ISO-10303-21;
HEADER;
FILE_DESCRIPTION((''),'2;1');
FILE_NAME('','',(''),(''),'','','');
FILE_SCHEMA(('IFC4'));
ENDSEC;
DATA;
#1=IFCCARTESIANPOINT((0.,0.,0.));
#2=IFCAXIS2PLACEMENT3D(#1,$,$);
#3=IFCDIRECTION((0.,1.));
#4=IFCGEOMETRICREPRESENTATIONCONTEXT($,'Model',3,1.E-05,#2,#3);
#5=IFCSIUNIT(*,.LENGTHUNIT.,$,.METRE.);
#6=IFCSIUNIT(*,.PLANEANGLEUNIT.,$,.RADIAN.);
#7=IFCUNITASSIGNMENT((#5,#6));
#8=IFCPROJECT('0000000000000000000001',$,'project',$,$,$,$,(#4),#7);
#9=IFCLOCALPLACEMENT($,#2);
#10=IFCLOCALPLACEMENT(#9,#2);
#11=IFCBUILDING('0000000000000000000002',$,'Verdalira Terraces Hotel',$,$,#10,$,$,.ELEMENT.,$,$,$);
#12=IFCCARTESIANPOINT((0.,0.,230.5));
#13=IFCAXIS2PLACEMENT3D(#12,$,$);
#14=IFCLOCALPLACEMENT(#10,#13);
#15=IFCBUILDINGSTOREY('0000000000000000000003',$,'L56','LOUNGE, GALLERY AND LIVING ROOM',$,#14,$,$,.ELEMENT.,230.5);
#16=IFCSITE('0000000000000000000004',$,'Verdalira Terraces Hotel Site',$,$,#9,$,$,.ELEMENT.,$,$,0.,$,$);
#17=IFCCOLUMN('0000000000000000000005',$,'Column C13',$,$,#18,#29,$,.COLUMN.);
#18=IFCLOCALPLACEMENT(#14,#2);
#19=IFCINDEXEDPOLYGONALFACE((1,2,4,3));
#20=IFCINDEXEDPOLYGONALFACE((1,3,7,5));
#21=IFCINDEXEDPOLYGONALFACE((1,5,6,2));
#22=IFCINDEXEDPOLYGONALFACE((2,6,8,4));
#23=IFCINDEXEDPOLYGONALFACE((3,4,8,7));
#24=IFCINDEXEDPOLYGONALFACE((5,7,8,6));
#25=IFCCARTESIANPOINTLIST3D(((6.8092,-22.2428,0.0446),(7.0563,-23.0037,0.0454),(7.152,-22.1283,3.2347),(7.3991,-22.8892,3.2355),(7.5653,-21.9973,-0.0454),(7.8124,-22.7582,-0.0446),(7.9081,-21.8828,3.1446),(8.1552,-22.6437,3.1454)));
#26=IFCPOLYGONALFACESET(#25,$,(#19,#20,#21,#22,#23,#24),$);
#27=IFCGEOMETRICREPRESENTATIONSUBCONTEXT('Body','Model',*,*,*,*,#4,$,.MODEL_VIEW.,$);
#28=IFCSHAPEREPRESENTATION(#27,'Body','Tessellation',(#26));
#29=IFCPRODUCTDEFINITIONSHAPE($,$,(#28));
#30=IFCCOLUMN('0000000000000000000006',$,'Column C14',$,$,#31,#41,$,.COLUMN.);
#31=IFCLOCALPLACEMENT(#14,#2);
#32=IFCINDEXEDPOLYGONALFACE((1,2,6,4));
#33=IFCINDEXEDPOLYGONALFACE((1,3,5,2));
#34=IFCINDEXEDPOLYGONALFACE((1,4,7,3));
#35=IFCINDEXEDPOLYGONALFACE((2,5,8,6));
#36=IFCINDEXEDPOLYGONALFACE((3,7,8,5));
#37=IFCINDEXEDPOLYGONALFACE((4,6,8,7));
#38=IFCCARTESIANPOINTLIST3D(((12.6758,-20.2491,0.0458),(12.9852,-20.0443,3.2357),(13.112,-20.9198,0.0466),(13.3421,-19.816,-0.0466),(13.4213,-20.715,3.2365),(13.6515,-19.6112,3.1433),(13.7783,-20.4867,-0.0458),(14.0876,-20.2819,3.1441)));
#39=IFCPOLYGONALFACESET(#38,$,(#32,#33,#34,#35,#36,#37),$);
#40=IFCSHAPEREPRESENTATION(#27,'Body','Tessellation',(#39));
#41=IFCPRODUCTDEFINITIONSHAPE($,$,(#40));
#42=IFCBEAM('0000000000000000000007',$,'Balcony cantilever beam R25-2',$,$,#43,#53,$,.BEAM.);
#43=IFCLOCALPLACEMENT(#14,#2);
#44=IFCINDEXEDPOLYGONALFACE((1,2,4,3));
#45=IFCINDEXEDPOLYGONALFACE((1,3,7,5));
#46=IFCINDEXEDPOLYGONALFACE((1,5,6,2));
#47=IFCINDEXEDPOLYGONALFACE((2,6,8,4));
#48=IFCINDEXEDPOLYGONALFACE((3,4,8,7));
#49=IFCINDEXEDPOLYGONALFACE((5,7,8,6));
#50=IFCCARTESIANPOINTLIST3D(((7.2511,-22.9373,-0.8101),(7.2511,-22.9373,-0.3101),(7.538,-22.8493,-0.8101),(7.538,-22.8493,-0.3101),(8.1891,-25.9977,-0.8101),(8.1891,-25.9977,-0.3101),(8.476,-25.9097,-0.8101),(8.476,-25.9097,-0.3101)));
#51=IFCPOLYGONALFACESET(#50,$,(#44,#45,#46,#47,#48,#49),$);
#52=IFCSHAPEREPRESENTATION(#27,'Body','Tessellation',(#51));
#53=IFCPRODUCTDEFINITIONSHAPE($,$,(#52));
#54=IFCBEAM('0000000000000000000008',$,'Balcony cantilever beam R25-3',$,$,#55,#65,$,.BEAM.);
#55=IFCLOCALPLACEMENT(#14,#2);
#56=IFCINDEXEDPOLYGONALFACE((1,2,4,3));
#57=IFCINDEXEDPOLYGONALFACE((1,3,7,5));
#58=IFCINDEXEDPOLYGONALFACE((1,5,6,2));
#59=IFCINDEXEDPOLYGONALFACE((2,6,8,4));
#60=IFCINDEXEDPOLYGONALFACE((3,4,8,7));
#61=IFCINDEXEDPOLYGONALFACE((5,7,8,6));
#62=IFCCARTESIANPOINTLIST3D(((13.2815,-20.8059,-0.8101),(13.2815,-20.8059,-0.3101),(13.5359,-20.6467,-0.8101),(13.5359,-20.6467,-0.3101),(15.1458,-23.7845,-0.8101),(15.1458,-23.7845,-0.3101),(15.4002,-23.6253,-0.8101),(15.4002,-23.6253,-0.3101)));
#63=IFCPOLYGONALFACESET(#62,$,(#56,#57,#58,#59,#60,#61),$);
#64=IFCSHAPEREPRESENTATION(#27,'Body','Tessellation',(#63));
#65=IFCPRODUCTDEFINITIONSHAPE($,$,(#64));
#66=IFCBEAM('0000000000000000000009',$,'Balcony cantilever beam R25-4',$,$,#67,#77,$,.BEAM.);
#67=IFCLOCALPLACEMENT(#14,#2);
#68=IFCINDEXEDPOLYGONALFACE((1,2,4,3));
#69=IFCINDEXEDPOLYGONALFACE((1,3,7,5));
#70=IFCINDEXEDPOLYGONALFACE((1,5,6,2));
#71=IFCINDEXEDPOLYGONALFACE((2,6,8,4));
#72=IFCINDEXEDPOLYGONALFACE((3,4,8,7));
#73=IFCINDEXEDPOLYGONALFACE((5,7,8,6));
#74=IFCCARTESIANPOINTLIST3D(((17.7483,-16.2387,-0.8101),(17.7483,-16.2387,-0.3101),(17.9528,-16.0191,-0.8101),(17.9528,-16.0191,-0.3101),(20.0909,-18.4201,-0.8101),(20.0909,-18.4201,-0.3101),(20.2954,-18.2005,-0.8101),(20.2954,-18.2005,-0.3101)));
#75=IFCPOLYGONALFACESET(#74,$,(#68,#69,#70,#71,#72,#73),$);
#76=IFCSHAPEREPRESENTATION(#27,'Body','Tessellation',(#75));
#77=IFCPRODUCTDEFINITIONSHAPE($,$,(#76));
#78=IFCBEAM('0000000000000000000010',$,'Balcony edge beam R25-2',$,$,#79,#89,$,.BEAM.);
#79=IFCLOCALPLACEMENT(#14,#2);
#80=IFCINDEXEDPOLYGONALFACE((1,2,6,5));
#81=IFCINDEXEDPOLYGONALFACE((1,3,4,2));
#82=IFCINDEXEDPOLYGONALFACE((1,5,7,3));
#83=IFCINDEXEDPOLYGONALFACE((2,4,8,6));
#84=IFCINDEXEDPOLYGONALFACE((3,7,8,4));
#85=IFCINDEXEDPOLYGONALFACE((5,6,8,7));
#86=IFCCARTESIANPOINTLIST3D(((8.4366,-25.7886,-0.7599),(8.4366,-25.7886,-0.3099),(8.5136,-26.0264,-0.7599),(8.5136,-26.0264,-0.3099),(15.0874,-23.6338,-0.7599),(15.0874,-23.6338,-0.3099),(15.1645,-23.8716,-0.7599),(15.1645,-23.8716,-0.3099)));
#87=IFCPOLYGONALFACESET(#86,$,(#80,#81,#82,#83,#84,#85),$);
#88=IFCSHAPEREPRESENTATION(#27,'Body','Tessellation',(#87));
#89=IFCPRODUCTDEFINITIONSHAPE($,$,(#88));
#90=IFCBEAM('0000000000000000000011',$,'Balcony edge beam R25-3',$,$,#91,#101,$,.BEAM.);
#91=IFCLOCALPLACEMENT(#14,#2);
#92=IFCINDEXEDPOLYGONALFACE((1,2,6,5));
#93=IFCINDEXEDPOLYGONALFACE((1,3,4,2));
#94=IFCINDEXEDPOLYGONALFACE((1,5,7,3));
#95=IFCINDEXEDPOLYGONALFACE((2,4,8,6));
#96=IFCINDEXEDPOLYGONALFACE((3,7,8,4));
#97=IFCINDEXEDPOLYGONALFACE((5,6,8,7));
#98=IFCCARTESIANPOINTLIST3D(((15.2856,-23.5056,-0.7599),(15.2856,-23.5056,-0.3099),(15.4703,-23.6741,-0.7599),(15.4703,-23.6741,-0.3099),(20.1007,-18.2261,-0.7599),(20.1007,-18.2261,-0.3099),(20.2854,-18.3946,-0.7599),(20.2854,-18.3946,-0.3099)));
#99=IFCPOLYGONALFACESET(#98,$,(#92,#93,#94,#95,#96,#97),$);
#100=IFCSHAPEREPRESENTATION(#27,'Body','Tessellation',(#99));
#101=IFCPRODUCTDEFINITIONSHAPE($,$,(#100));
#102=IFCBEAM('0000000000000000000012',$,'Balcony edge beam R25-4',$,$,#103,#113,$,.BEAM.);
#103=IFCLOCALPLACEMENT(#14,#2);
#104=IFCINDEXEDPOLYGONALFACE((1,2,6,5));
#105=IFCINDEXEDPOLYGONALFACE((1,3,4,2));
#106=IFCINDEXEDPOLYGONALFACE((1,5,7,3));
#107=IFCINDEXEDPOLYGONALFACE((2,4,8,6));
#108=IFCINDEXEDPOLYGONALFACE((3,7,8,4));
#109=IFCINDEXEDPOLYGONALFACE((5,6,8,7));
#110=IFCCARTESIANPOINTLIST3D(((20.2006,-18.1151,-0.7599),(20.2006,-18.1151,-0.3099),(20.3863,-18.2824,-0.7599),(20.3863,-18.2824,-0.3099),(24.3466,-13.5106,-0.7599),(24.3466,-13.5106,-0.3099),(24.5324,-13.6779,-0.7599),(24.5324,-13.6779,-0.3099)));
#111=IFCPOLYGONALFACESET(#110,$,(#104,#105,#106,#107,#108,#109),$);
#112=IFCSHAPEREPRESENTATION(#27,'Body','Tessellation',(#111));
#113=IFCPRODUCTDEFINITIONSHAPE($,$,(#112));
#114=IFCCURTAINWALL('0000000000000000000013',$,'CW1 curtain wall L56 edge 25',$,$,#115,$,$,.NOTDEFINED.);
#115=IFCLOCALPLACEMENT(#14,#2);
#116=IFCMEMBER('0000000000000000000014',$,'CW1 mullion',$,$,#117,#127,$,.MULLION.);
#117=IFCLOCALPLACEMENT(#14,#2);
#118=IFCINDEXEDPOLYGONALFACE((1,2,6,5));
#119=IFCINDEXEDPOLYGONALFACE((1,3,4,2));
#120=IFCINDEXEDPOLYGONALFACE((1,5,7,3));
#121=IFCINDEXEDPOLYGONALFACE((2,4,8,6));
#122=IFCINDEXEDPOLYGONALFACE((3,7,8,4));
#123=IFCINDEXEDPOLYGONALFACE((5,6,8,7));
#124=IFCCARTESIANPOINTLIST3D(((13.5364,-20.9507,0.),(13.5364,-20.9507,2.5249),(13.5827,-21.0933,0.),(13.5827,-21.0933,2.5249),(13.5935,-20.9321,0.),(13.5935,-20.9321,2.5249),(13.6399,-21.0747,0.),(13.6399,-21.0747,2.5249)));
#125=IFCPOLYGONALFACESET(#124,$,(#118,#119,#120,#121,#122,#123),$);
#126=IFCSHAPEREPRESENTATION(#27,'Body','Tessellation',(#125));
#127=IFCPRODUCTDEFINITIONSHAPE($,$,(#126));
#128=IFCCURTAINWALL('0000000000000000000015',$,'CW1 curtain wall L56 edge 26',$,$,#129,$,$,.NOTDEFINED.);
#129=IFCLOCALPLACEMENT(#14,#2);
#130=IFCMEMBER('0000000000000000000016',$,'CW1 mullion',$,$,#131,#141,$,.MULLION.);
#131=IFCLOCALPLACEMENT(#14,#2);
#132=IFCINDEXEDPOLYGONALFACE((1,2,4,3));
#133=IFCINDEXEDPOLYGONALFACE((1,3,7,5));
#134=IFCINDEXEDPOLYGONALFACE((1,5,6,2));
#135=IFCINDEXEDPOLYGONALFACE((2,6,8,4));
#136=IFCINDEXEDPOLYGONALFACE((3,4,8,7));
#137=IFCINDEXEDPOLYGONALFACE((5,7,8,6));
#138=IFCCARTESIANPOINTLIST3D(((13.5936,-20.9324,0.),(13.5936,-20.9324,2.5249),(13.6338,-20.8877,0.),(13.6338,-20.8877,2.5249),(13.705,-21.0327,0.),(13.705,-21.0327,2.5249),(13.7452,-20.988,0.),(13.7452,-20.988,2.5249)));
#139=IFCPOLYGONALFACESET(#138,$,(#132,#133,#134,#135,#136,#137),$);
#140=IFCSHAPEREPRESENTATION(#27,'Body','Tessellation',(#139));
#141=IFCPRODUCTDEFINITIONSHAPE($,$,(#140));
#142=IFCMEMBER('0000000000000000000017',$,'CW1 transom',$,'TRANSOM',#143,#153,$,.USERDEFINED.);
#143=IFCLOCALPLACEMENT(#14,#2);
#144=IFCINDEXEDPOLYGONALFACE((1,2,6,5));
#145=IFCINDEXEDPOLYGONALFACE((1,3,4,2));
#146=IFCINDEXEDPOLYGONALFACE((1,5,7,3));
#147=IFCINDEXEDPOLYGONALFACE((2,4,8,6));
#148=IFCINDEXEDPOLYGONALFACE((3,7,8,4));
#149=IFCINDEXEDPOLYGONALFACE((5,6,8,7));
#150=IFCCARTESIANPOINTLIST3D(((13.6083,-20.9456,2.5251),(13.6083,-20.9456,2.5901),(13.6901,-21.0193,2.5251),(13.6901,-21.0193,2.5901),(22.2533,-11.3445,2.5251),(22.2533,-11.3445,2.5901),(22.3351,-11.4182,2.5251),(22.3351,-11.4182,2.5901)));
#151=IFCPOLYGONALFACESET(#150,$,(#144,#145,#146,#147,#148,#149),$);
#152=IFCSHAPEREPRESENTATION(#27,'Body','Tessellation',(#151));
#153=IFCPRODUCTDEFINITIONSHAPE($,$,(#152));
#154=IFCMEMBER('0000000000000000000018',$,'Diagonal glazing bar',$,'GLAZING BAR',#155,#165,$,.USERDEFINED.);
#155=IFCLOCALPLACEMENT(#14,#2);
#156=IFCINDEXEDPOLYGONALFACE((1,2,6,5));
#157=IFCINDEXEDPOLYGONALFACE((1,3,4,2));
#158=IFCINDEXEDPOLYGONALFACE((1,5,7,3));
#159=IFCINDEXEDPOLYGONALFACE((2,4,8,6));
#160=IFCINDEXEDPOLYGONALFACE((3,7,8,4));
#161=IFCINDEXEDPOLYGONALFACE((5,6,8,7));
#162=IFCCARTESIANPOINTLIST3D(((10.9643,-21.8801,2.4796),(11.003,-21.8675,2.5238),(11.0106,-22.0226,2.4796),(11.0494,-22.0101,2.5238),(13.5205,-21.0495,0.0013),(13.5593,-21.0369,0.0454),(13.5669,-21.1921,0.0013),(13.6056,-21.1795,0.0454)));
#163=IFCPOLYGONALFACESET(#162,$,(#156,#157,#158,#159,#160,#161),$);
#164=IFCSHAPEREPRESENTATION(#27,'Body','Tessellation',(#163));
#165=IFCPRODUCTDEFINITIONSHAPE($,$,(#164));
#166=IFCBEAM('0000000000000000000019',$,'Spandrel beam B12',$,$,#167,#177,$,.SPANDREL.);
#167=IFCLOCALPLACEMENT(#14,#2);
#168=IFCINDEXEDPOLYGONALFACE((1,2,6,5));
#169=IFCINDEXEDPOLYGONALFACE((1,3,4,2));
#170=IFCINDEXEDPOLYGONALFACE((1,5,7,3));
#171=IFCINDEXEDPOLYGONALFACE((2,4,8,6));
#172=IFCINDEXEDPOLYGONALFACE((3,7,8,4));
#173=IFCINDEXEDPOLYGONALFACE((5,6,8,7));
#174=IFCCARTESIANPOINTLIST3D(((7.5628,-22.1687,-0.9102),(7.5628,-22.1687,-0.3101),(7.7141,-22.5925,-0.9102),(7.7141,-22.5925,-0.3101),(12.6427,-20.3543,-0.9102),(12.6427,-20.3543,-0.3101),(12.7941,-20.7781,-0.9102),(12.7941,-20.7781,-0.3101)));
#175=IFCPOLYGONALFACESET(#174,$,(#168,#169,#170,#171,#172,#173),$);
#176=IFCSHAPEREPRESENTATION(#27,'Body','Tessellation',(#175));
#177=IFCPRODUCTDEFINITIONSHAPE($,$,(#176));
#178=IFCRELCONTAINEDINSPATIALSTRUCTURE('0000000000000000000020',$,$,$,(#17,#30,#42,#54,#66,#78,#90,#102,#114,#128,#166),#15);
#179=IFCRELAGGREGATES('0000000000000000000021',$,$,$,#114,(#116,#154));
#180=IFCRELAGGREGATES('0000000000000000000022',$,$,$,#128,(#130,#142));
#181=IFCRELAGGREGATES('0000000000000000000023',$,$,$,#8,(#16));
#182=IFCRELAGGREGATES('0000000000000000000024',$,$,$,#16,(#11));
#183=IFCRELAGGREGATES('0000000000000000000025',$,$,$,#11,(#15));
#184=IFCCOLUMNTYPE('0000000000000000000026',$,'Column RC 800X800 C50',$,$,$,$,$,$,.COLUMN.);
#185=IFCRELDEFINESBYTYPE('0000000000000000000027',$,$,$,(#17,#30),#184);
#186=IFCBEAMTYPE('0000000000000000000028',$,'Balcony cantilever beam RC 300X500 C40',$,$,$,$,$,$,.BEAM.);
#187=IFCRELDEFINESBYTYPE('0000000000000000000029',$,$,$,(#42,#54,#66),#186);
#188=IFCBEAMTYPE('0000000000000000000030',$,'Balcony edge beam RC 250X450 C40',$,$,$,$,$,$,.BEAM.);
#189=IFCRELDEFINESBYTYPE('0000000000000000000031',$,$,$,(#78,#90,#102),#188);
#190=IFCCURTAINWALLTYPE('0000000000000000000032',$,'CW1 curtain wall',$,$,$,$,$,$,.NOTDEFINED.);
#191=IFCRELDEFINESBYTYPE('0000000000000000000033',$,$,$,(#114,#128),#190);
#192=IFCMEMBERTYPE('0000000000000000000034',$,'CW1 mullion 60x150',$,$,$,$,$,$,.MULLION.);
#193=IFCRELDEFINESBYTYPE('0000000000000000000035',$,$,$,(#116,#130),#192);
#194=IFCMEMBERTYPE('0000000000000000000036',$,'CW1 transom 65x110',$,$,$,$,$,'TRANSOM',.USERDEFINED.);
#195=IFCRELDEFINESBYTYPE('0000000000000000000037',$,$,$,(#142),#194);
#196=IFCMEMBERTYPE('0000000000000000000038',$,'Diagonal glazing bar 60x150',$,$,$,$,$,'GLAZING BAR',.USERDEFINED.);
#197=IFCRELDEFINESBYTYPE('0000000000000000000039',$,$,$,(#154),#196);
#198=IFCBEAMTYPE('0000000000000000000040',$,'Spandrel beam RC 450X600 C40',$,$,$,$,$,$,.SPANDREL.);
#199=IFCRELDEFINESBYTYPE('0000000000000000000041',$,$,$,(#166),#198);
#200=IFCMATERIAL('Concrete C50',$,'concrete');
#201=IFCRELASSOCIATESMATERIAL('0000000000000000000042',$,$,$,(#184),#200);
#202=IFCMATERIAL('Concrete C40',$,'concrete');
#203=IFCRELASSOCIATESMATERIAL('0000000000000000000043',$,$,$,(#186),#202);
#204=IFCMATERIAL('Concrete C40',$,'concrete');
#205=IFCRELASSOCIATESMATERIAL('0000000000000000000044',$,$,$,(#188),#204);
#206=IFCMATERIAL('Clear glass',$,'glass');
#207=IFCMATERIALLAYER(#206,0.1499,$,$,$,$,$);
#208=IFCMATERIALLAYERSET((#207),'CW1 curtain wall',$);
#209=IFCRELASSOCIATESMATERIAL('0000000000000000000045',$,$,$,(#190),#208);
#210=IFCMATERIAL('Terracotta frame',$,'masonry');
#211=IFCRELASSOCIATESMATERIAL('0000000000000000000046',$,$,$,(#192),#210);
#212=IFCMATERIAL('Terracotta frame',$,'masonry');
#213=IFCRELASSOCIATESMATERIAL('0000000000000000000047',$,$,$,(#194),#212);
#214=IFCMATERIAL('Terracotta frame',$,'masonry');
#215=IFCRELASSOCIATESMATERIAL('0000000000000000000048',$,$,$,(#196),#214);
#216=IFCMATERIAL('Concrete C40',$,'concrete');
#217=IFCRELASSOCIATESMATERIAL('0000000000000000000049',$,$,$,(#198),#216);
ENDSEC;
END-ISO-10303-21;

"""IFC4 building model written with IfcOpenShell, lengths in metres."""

from ifc_helpers import new_model, si_unit, direction, frame, origin, origin_2d, place, context, subcontext, project, spatial, rectangle, extrude, material, layer, layer_set, material_profile, profile_set, type_object, element, aggregate, save


model = new_model("IFC4")

# Units and contexts
model_context = context("Model", 3, precision=1e-05, world=origin(), true_north=direction((0.0, 1.0)))
body_context = subcontext(model_context, "Body", "Model", "MODEL_VIEW")
ifc_project = project(units=[si_unit("LENGTHUNIT", "METRE"), si_unit("PLANEANGLEUNIT", "RADIAN")], contexts=[model_context])

# Site, building, storey
site_placement = place(None, origin())
site = spatial("IfcSite", under=ifc_project, at=site_placement, Name="Verdalira Terraces Hotel Site", CompositionType="ELEMENT", RefElevation=0.0)
building_placement = place(site_placement, origin())
building = spatial("IfcBuilding", under=site, at=building_placement, Name="Verdalira Terraces Hotel", CompositionType="ELEMENT")
storey_placement = place(building_placement, frame((0.0, 0.0, 230.5)))
storey = spatial("IfcBuildingStorey", under=building, at=storey_placement, Name="L56", Description="LOUNGE, GALLERY AND LIVING ROOM", CompositionType="ELEMENT", Elevation=230.5)

# Columns
ifc_material_1 = material(Name="Concrete C50", Category="concrete")
ifc_material_profile_1 = material_profile(ifc_material_1, rectangle(XDim=0.8, YDim=0.8, at=origin_2d()), Name="RC 800X800")
ifc_profile_set_1 = profile_set([ifc_material_profile_1], Name="Concrete C50")
column_type = type_object("IfcColumnType", Name="Column RC 800X800 C50", PredefinedType="COLUMN", material=ifc_profile_set_1)
column_1_placement = place(storey_placement, frame((7.3108, -22.5005, 0.0), z_axis=(0.106771, 0.035667, 0.993644), x_axis=(0.94509, 0.306813, -0.112567)))
element("IfcColumn", 1, at=column_1_placement, inside=storey, type_object=column_type, Name="Column C13", PredefinedType="COLUMN", context=body_context, shape_type="SweptSolid", body=[
    extrude(rectangle(XDim=0.8, YDim=0.8, at=origin_2d()), origin(), (0.0, 0.0, 1.0), 3.2104),
])
column_2_placement = place(storey_placement, frame((13.2271, -20.3679, 0.0), z_axis=(0.09632, 0.063783, 0.993305), x_axis=(-0.832812, -0.541368, 0.11552)))
element("IfcColumn", 2, at=column_2_placement, inside=storey, type_object=column_type, Name="Column C14", PredefinedType="COLUMN", context=body_context, shape_type="SweptSolid", body=[
    extrude(rectangle(XDim=0.8, YDim=0.8, at=origin_2d()), origin(), (0.0, 0.0, 1.0), 3.2114),
])

# Beams
ifc_material_2 = material(Name="Concrete C40", Category="concrete")
ifc_material_profile_2 = material_profile(ifc_material_2, rectangle(XDim=0.3, YDim=0.5, at=origin_2d()), Name="RC 300X500")
ifc_profile_set_2 = profile_set([ifc_material_profile_2], Name="Concrete C40")
beam_type_1 = type_object("IfcBeamType", Name="Balcony cantilever beam RC 300X500 C40", PredefinedType="BEAM", material=ifc_profile_set_2)
beam_1_placement = place(storey_placement, frame((7.3945, -22.8933, -0.5601), z_axis=(0.293046, -0.956098, 0.0), x_axis=(0.956098, 0.293046, 0.0)))
element("IfcBeam", 3, at=beam_1_placement, inside=storey, type_object=beam_type_1, Name="Balcony cantilever beam R25-2", PredefinedType="BEAM", context=body_context, shape_type="SweptSolid", body=[
    extrude(rectangle(XDim=0.3, YDim=0.5, at=origin_2d()), origin(), (0.0, 0.0, 1.0), 3.2009),
])
beam_2_placement = place(storey_placement, frame((13.4087, -20.7263, -0.5601), z_axis=(0.530548, -0.847655, 0.0), x_axis=(0.847655, 0.530548, 0.0)))
element("IfcBeam", 4, at=beam_2_placement, inside=storey, type_object=beam_type_1, Name="Balcony cantilever beam R25-3", PredefinedType="BEAM", context=body_context, shape_type="SweptSolid", body=[
    extrude(rectangle(XDim=0.3, YDim=0.5, at=origin_2d()), origin(), (0.0, 0.0, 1.0), 3.5139),
])
beam_3_placement = place(storey_placement, frame((17.8506, -16.1289, -0.5601), z_axis=(0.731828, -0.681489, 0.0), x_axis=(0.681489, 0.731828, 0.0)))
element("IfcBeam", 5, at=beam_3_placement, inside=storey, type_object=beam_type_1, Name="Balcony cantilever beam R25-4", PredefinedType="BEAM", context=body_context, shape_type="SweptSolid", body=[
    extrude(rectangle(XDim=0.3, YDim=0.5, at=origin_2d()), origin(), (0.0, 0.0, 1.0), 3.2009),
])
ifc_material_3 = material(Name="Concrete C40", Category="concrete")
ifc_material_profile_3 = material_profile(ifc_material_3, rectangle(XDim=0.25, YDim=0.45, at=origin_2d()), Name="RC 250X450")
ifc_profile_set_3 = profile_set([ifc_material_profile_3], Name="Concrete C40")
beam_type_2 = type_object("IfcBeamType", Name="Balcony edge beam RC 250X450 C40", PredefinedType="BEAM", material=ifc_profile_set_3)
beam_4_placement = place(storey_placement, frame((8.4751, -25.9075, -0.5349), z_axis=(0.951317, 0.308213, 0.0), x_axis=(-0.308213, 0.951317, 0.0)))
element("IfcBeam", 6, at=beam_4_placement, inside=storey, type_object=beam_type_2, Name="Balcony edge beam R25-2", PredefinedType="BEAM", context=body_context, shape_type="SweptSolid", body=[
    extrude(rectangle(XDim=0.25, YDim=0.45, at=origin_2d()), origin(), (0.0, 0.0, 1.0), 6.9912),
])
beam_5_placement = place(storey_placement, frame((15.3779, -23.5898, -0.5349), z_axis=(0.673867, 0.738852, 0.0), x_axis=(-0.738852, 0.673867, 0.0)))
element("IfcBeam", 7, at=beam_5_placement, inside=storey, type_object=beam_type_2, Name="Balcony edge beam R25-3", PredefinedType="BEAM", context=body_context, shape_type="SweptSolid", body=[
    extrude(rectangle(XDim=0.25, YDim=0.45, at=origin_2d()), origin(), (0.0, 0.0, 1.0), 7.1455),
])
beam_6_placement = place(storey_placement, frame((20.2935, -18.1987, -0.5349), z_axis=(0.669139, 0.743137, 0.0), x_axis=(-0.743137, 0.669139, 0.0)))
element("IfcBeam", 8, at=beam_6_placement, inside=storey, type_object=beam_type_2, Name="Balcony edge beam R25-4", PredefinedType="BEAM", context=body_context, shape_type="SweptSolid", body=[
    extrude(rectangle(XDim=0.25, YDim=0.45, at=origin_2d()), origin(), (0.0, 0.0, 1.0), 6.196),
])

# Curtain wall, member
ifc_material_4 = material(Name="Clear glass", Category="glass")
ifc_layer_1 = layer(ifc_material_4, 0.1499)
ifc_layer_set_1 = layer_set([ifc_layer_1], Name="CW1 curtain wall")
curtain_wall_type = type_object("IfcCurtainWallType", Name="CW1 curtain wall", PredefinedType="NOTDEFINED", material=ifc_layer_set_1)
curtain_wall_1_placement = place(storey_placement, origin())
curtain_wall_1 = element("IfcCurtainWall", 9, at=curtain_wall_1_placement, inside=storey, type_object=curtain_wall_type, Name="CW1 curtain wall L56 edge 25", PredefinedType="NOTDEFINED")
ifc_material_5 = material(Name="Terracotta frame", Category="masonry")
ifc_material_profile_4 = material_profile(ifc_material_5, rectangle(XDim=0.0601, YDim=0.1499, at=origin_2d()), Name="MU 60x150")
ifc_profile_set_4 = profile_set([ifc_material_profile_4], Name="Terracotta frame")
member_type_1 = type_object("IfcMemberType", Name="CW1 mullion 60x150", PredefinedType="MULLION", material=ifc_profile_set_4)
member_1_placement = place(storey_placement, frame((13.5881, -21.0127, 0.0), z_axis=(0.0, 0.0, 1.0), x_axis=(0.951057, 0.309017, 0.0)))
member_1 = element("IfcMember", 10, at=member_1_placement, type_object=member_type_1, Name="CW1 mullion", PredefinedType="MULLION", context=body_context, shape_type="SweptSolid", body=[
    extrude(rectangle(XDim=0.0601, YDim=0.1499, at=origin_2d()), origin(), (0.0, 0.0, 1.0), 2.5249),
])

# Curtain wall, members
curtain_wall_2_placement = place(storey_placement, origin())
curtain_wall_2 = element("IfcCurtainWall", 11, at=curtain_wall_2_placement, inside=storey, type_object=curtain_wall_type, Name="CW1 curtain wall L56 edge 26", PredefinedType="NOTDEFINED")
member_2_placement = place(storey_placement, frame((13.6694, -20.9602, 0.0), z_axis=(0.0, 0.0, 1.0), x_axis=(0.669131, 0.743145, 0.0)))
member_2 = element("IfcMember", 12, at=member_2_placement, type_object=member_type_1, Name="CW1 mullion", PredefinedType="MULLION", context=body_context, shape_type="SweptSolid", body=[
    extrude(rectangle(XDim=0.0601, YDim=0.1499, at=origin_2d()), origin(), (0.0, 0.0, 1.0), 2.5249),
])
ifc_material_6 = material(Name="Terracotta frame", Category="masonry")
ifc_material_profile_5 = material_profile(ifc_material_6, rectangle(XDim=0.1101, YDim=0.0649, at=origin_2d()), Name="TR 65x110")
ifc_profile_set_5 = profile_set([ifc_material_profile_5], Name="Terracotta frame")
member_type_2 = type_object("IfcMemberType", Name="CW1 transom 65x110", ElementType="TRANSOM", PredefinedType="USERDEFINED", material=ifc_profile_set_5)
member_3_placement = place(storey_placement, frame((13.6492, -20.9824, 2.5576), z_axis=(0.669138, 0.743138, 0.0), x_axis=(-0.743138, 0.669138, 0.0)))
member_3 = element("IfcMember", 13, at=member_3_placement, type_object=member_type_2, Name="CW1 transom", ObjectType="TRANSOM", PredefinedType="USERDEFINED", context=body_context, shape_type="SweptSolid", body=[
    extrude(rectangle(XDim=0.1101, YDim=0.0649, at=origin_2d()), origin(), (0.0, 0.0, 1.0), 12.9197),
])

# Member
ifc_material_7 = material(Name="Terracotta frame", Category="masonry")
ifc_material_profile_6 = material_profile(ifc_material_7, rectangle(XDim=0.1499, YDim=0.0601, at=origin_2d()), Name="GB 60x150")
ifc_profile_set_6 = profile_set([ifc_material_profile_6], Name="Terracotta frame")
member_type_3 = type_object("IfcMemberType", Name="Diagonal glazing bar 60x150", ElementType="GLAZING BAR", PredefinedType="USERDEFINED", material=ifc_profile_set_6)
member_4_placement = place(storey_placement, frame((11.0068, -21.9451, 2.5017), z_axis=(0.699186, 0.227185, -0.677883), x_axis=(-0.309024, 0.951054, 0.0)))
member_4 = element("IfcMember", 14, at=member_4_placement, type_object=member_type_3, Name="Diagonal glazing bar", ObjectType="GLAZING BAR", PredefinedType="USERDEFINED", context=body_context, shape_type="SweptSolid", body=[
    extrude(rectangle(XDim=0.1499, YDim=0.0601, at=origin_2d()), origin(), (0.0, 0.0, 1.0), 3.656),
])

# Beam
ifc_material_8 = material(Name="Concrete C40", Category="concrete")
ifc_material_profile_7 = material_profile(ifc_material_8, rectangle(XDim=0.45, YDim=0.6001, at=origin_2d()), Name="RC 450X600")
ifc_profile_set_7 = profile_set([ifc_material_profile_7], Name="Concrete C40")
beam_type_3 = type_object("IfcBeamType", Name="Spandrel beam RC 450X600 C40", PredefinedType="SPANDREL", material=ifc_profile_set_7)
beam_7_placement = place(storey_placement, frame((7.6384, -22.3806, -0.6101), z_axis=(0.941734, 0.336359, 0.0), x_axis=(-0.336359, 0.941734, 0.0)))
element("IfcBeam", 15, at=beam_7_placement, inside=storey, type_object=beam_type_3, Name="Spandrel beam B12", PredefinedType="SPANDREL", context=body_context, shape_type="SweptSolid", body=[
    extrude(rectangle(XDim=0.45, YDim=0.6001, at=origin_2d()), origin(), (0.0, 0.0, 1.0), 5.3943),
])

aggregate(curtain_wall_1, [member_1, member_4])
aggregate(curtain_wall_2, [member_2, member_3])

save(model, "model.ifc")
